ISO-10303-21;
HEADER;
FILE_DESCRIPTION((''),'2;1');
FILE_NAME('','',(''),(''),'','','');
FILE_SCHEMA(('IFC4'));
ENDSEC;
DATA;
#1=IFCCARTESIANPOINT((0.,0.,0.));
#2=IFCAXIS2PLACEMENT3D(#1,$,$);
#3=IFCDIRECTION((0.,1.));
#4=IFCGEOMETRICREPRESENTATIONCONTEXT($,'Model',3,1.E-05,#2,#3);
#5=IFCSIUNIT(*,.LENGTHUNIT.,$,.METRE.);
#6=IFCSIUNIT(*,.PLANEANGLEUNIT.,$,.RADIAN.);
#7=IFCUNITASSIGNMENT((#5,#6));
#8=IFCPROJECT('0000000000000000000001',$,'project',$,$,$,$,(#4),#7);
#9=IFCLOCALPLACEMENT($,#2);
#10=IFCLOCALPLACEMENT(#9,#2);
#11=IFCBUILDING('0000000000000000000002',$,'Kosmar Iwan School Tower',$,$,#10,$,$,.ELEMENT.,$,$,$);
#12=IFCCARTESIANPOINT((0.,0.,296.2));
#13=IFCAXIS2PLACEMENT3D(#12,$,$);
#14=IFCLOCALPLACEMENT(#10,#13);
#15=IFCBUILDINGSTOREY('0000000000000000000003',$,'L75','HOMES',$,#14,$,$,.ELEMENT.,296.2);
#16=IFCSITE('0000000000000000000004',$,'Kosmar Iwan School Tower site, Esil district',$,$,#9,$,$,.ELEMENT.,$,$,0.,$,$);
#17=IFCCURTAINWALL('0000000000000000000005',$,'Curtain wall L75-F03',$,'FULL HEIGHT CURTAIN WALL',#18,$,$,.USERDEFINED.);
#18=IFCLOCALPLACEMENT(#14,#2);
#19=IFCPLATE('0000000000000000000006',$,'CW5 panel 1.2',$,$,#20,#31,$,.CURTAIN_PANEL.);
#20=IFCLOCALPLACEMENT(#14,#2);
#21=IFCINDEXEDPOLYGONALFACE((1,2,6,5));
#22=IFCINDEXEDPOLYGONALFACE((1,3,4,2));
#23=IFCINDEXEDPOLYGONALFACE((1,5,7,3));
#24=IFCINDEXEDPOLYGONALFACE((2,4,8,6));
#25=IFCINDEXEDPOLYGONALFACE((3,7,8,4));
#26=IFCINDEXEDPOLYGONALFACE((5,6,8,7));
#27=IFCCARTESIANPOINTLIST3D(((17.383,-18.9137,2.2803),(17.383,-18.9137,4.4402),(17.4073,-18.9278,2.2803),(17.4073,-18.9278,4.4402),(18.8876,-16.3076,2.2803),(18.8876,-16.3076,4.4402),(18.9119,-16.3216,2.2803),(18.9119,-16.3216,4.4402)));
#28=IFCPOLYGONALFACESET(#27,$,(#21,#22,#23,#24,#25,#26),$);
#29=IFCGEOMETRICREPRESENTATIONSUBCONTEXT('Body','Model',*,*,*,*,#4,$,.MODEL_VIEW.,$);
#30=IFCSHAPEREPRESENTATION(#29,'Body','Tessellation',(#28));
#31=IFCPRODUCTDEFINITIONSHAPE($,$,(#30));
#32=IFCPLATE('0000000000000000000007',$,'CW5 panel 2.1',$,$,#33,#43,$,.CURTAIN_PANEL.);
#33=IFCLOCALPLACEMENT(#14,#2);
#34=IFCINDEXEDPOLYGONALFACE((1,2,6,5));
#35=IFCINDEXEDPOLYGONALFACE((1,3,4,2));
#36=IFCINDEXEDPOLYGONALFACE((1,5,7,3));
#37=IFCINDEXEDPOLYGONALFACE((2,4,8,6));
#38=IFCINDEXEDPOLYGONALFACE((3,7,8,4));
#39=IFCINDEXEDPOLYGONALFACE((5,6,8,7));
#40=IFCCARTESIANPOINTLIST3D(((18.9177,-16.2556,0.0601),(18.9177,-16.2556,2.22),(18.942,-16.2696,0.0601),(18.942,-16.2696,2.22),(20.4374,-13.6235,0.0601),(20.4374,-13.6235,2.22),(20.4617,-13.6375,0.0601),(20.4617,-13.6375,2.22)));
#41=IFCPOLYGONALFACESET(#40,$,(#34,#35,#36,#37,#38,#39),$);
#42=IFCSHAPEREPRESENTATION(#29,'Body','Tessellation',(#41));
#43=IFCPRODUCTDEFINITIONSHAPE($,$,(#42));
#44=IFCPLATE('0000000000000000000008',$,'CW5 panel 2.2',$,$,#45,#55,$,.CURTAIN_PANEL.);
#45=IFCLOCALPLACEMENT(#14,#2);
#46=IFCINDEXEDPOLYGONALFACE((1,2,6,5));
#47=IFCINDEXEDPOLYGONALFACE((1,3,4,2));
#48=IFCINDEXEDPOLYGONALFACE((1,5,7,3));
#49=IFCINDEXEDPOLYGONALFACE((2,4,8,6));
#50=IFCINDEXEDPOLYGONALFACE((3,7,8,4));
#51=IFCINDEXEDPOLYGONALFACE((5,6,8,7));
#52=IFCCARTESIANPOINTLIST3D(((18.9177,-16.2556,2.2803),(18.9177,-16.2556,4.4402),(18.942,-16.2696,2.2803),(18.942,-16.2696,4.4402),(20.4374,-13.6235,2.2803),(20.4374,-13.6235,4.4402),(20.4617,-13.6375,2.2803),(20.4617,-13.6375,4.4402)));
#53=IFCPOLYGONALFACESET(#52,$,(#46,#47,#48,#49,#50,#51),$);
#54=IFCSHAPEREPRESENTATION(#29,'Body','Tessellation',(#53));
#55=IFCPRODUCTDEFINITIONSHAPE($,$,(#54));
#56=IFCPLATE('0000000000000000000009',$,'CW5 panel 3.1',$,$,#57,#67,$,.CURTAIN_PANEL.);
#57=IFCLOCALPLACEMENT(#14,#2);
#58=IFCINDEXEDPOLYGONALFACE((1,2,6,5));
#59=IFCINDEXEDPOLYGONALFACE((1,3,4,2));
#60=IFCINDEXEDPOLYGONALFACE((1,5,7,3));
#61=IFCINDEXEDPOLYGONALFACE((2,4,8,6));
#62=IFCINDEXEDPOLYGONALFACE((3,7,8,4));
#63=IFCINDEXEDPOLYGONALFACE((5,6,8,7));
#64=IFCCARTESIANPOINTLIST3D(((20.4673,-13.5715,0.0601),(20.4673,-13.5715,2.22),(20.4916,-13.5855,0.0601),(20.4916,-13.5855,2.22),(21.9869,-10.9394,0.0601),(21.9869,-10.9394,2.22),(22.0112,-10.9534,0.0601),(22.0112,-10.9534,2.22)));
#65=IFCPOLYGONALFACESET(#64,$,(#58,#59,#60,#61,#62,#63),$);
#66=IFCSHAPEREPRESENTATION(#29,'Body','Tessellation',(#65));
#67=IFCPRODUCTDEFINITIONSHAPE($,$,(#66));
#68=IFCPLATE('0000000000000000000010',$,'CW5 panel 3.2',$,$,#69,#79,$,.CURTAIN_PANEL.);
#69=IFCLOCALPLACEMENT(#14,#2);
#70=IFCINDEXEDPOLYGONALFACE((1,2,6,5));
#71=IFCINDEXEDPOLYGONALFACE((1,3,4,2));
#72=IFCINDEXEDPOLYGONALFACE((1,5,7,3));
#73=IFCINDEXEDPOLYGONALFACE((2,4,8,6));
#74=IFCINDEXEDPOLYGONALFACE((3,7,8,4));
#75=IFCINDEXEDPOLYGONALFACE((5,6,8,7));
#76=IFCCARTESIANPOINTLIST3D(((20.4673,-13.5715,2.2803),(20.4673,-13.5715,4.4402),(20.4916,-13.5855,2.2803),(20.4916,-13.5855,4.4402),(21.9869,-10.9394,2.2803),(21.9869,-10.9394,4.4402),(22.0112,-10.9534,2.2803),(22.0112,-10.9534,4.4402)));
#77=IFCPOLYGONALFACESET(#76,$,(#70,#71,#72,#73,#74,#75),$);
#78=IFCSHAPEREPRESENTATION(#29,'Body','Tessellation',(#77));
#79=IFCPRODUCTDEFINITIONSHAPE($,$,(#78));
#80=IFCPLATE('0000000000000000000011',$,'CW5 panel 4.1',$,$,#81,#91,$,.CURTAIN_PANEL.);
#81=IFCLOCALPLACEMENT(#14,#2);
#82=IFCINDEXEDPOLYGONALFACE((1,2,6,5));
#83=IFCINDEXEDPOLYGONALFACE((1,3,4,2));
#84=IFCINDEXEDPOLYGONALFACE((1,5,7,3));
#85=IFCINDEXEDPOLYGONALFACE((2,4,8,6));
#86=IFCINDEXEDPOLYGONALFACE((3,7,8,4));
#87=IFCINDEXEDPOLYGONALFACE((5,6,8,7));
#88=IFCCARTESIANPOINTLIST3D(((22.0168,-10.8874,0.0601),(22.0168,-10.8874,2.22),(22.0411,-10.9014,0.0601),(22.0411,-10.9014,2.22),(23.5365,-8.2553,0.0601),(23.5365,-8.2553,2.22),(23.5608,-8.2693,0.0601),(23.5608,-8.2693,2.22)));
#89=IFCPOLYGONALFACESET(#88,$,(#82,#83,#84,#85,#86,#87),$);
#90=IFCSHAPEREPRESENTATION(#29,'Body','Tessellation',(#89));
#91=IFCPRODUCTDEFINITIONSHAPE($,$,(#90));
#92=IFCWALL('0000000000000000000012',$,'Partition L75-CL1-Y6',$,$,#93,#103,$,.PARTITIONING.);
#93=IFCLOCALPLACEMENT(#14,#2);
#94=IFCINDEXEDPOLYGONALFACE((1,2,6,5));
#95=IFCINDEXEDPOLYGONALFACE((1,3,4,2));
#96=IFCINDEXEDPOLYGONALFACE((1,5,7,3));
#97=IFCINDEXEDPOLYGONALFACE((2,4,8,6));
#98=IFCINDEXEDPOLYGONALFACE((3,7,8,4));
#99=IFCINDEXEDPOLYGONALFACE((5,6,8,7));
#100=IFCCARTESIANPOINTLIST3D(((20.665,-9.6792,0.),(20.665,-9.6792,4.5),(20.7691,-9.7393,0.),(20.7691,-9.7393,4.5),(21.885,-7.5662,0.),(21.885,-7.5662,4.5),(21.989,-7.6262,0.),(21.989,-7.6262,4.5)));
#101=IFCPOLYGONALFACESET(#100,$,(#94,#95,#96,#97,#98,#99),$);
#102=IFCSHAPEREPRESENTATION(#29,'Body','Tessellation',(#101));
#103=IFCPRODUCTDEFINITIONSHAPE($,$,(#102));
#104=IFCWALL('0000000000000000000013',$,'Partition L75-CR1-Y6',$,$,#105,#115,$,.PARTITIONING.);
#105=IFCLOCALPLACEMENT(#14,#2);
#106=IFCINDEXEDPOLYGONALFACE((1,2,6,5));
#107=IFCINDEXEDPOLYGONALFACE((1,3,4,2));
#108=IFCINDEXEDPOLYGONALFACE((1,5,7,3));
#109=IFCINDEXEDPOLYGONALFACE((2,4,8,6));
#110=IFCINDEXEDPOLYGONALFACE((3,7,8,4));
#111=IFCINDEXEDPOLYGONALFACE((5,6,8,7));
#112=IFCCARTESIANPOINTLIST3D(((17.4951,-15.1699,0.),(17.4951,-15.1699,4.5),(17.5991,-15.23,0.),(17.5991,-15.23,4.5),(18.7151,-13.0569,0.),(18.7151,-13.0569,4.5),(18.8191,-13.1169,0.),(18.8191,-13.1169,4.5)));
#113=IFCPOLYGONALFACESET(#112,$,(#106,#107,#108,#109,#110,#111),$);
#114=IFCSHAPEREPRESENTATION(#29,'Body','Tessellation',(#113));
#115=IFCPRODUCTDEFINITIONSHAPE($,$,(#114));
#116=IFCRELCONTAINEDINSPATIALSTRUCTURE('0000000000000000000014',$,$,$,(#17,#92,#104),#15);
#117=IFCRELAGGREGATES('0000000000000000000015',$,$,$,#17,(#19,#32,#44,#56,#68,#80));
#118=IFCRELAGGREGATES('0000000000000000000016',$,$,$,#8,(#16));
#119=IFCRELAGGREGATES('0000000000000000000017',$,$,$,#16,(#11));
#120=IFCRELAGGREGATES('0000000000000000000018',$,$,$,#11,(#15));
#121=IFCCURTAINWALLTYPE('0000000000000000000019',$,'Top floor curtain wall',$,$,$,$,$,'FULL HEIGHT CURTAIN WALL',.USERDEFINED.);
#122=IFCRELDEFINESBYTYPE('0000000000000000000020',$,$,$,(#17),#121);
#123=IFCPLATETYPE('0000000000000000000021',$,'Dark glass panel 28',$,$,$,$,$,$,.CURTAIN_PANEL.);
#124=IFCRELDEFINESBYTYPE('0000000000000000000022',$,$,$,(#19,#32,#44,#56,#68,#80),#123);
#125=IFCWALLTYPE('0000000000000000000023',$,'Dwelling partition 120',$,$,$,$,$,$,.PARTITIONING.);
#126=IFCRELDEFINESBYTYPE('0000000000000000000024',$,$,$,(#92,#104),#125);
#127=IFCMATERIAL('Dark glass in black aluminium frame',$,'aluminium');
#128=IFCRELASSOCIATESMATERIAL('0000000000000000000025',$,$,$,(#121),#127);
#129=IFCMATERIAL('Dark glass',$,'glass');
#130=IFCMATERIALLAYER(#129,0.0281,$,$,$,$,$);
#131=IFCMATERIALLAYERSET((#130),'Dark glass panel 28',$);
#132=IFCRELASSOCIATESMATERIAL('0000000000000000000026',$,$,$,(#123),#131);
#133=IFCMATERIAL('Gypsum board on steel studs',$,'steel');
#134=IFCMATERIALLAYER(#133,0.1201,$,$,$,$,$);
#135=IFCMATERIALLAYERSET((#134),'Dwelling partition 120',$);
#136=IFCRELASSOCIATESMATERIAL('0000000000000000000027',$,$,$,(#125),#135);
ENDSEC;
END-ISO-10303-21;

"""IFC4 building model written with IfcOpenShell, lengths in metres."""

from ifc_helpers import new_model, si_unit, direction, frame, frame_2d, origin, origin_2d, place, context, subcontext, project, spatial, rectangle, extrude, material, layer, layer_set, type_object, element, aggregate, save


model = new_model("IFC4")

# Units and contexts
model_context = context("Model", 3, precision=1e-05, world=origin(), true_north=direction((0.0, 1.0)))
body_context = subcontext(model_context, "Body", "Model", "MODEL_VIEW")
ifc_project = project(units=[si_unit("LENGTHUNIT", "METRE"), si_unit("PLANEANGLEUNIT", "RADIAN")], contexts=[model_context])

# Site, building, storey
site_placement = place(None, origin())
site = spatial("IfcSite", under=ifc_project, at=site_placement, Name="Kosmar Iwan School Tower site, Esil district", CompositionType="ELEMENT", RefElevation=0.0)
building_placement = place(site_placement, origin())
building = spatial("IfcBuilding", under=site, at=building_placement, Name="Kosmar Iwan School Tower", CompositionType="ELEMENT")
storey_placement = place(building_placement, frame((0.0, 0.0, 296.2)))
storey = spatial("IfcBuildingStorey", under=building, at=storey_placement, Name="L75", Description="HOMES", CompositionType="ELEMENT", Elevation=296.2)

# Curtain wall, plates
ifc_material_1 = material(Name="Dark glass in black aluminium frame", Category="aluminium")
curtain_wall_type = type_object("IfcCurtainWallType", Name="Top floor curtain wall", ElementType="FULL HEIGHT CURTAIN WALL", PredefinedType="USERDEFINED", material=ifc_material_1)
curtain_wall_placement = place(storey_placement, origin())
curtain_wall = element("IfcCurtainWall", 1, at=curtain_wall_placement, inside=storey, type_object=curtain_wall_type, Name="Curtain wall L75-F03", ObjectType="FULL HEIGHT CURTAIN WALL", PredefinedType="USERDEFINED")
ifc_material_2 = material(Name="Dark glass", Category="glass")
ifc_layer_1 = layer(ifc_material_2, 0.0281)
ifc_layer_set_1 = layer_set([ifc_layer_1], Name="Dark glass panel 28")
plate_type = type_object("IfcPlateType", Name="Dark glass panel 28", PredefinedType="CURTAIN_PANEL", material=ifc_layer_set_1)
plate_1_placement = place(storey_placement, frame((18.1475, -17.6177, 2.2803), z_axis=(0.0, 0.0, 1.0), x_axis=(0.5, 0.866025, 0.0)))
plate_1 = element("IfcPlate", 2, at=plate_1_placement, type_object=plate_type, Name="CW5 panel 1.2", PredefinedType="CURTAIN_PANEL", context=body_context, shape_type="SweptSolid", body=[
    extrude(rectangle(XDim=3.0093, YDim=0.0281, at=origin_2d()), origin(), (0.0, 0.0, 1.0), 2.1599),
])
plate_2_placement = place(storey_placement, frame((19.6897, -14.9465, 0.0601), z_axis=(0.0, 0.0, 1.0), x_axis=(0.5, 0.866025, 0.0)))
plate_2 = element("IfcPlate", 3, at=plate_2_placement, type_object=plate_type, Name="CW5 panel 2.1", PredefinedType="CURTAIN_PANEL", context=body_context, shape_type="SweptSolid", body=[
    extrude(rectangle(XDim=3.0393, YDim=0.0281, at=origin_2d()), origin(), (0.0, 0.0, 1.0), 2.1599),
])
plate_3_placement = place(storey_placement, frame((19.6897, -14.9465, 2.2803), z_axis=(0.0, 0.0, 1.0), x_axis=(0.5, 0.866025, 0.0)))
plate_3 = element("IfcPlate", 4, at=plate_3_placement, type_object=plate_type, Name="CW5 panel 2.2", PredefinedType="CURTAIN_PANEL", context=body_context, shape_type="SweptSolid", body=[
    extrude(rectangle(XDim=3.0393, YDim=0.0281, at=origin_2d()), origin(), (0.0, 0.0, 1.0), 2.1599),
])
plate_4_placement = place(storey_placement, frame((21.2393, -12.2625, 0.0601), z_axis=(0.0, 0.0, 1.0), x_axis=(0.5, 0.866025, 0.0)))
plate_4 = element("IfcPlate", 5, at=plate_4_placement, type_object=plate_type, Name="CW5 panel 3.1", PredefinedType="CURTAIN_PANEL", context=body_context, shape_type="SweptSolid", body=[
    extrude(rectangle(XDim=3.0393, YDim=0.0281, at=origin_2d()), origin(), (0.0, 0.0, 1.0), 2.1599),
])
plate_5_placement = place(storey_placement, frame((21.2393, -12.2625, 2.2803), z_axis=(0.0, 0.0, 1.0), x_axis=(0.5, 0.866025, 0.0)))
plate_5 = element("IfcPlate", 6, at=plate_5_placement, type_object=plate_type, Name="CW5 panel 3.2", PredefinedType="CURTAIN_PANEL", context=body_context, shape_type="SweptSolid", body=[
    extrude(rectangle(XDim=3.0393, YDim=0.0281, at=origin_2d()), origin(), (0.0, 0.0, 1.0), 2.1599),
])
plate_6_placement = place(storey_placement, frame((22.7888, -9.5784, 0.0601), z_axis=(0.0, 0.0, 1.0), x_axis=(0.5, 0.866025, 0.0)))
plate_6 = element("IfcPlate", 7, at=plate_6_placement, type_object=plate_type, Name="CW5 panel 4.1", PredefinedType="CURTAIN_PANEL", context=body_context, shape_type="SweptSolid", body=[
    extrude(rectangle(XDim=3.0393, YDim=0.0281, at=origin_2d()), origin(), (0.0, 0.0, 1.0), 2.1599),
])
aggregate(curtain_wall, [plate_1, plate_2, plate_3, plate_4, plate_5, plate_6])

# Walls
ifc_material_3 = material(Name="Gypsum board on steel studs", Category="steel")
ifc_layer_2 = layer(ifc_material_3, 0.1201)
ifc_layer_set_2 = layer_set([ifc_layer_2], Name="Dwelling partition 120")
wall_type = type_object("IfcWallType", Name="Dwelling partition 120", PredefinedType="PARTITIONING", material=ifc_layer_set_2)
for number, where, z_axis, x_axis, name in (
    (8, (20.717, -9.7092, 0.0), (0.0, 0.0, 1.0), (0.500003, 0.866024, 0.0), "Partition L75-CL1-Y6"),
    (9, (18.7671, -13.0869, 0.0), (0.0, 0.0, 1.0), (-0.500003, -0.866024, 0.0), "Partition L75-CR1-Y6"),
):
    element("IfcWall", number, at=place(storey_placement, frame(where, z_axis=z_axis, x_axis=x_axis)), inside=storey, type_object=wall_type, Name=name, PredefinedType="PARTITIONING", context=body_context, shape_type="SweptSolid", body=[
        extrude(rectangle(XDim=2.4399, YDim=0.1201, at=frame_2d((1.22, 0.0))), origin(), (0.0, 0.0, 1.0), 4.5),
    ])

save(model, "model.ifc")
